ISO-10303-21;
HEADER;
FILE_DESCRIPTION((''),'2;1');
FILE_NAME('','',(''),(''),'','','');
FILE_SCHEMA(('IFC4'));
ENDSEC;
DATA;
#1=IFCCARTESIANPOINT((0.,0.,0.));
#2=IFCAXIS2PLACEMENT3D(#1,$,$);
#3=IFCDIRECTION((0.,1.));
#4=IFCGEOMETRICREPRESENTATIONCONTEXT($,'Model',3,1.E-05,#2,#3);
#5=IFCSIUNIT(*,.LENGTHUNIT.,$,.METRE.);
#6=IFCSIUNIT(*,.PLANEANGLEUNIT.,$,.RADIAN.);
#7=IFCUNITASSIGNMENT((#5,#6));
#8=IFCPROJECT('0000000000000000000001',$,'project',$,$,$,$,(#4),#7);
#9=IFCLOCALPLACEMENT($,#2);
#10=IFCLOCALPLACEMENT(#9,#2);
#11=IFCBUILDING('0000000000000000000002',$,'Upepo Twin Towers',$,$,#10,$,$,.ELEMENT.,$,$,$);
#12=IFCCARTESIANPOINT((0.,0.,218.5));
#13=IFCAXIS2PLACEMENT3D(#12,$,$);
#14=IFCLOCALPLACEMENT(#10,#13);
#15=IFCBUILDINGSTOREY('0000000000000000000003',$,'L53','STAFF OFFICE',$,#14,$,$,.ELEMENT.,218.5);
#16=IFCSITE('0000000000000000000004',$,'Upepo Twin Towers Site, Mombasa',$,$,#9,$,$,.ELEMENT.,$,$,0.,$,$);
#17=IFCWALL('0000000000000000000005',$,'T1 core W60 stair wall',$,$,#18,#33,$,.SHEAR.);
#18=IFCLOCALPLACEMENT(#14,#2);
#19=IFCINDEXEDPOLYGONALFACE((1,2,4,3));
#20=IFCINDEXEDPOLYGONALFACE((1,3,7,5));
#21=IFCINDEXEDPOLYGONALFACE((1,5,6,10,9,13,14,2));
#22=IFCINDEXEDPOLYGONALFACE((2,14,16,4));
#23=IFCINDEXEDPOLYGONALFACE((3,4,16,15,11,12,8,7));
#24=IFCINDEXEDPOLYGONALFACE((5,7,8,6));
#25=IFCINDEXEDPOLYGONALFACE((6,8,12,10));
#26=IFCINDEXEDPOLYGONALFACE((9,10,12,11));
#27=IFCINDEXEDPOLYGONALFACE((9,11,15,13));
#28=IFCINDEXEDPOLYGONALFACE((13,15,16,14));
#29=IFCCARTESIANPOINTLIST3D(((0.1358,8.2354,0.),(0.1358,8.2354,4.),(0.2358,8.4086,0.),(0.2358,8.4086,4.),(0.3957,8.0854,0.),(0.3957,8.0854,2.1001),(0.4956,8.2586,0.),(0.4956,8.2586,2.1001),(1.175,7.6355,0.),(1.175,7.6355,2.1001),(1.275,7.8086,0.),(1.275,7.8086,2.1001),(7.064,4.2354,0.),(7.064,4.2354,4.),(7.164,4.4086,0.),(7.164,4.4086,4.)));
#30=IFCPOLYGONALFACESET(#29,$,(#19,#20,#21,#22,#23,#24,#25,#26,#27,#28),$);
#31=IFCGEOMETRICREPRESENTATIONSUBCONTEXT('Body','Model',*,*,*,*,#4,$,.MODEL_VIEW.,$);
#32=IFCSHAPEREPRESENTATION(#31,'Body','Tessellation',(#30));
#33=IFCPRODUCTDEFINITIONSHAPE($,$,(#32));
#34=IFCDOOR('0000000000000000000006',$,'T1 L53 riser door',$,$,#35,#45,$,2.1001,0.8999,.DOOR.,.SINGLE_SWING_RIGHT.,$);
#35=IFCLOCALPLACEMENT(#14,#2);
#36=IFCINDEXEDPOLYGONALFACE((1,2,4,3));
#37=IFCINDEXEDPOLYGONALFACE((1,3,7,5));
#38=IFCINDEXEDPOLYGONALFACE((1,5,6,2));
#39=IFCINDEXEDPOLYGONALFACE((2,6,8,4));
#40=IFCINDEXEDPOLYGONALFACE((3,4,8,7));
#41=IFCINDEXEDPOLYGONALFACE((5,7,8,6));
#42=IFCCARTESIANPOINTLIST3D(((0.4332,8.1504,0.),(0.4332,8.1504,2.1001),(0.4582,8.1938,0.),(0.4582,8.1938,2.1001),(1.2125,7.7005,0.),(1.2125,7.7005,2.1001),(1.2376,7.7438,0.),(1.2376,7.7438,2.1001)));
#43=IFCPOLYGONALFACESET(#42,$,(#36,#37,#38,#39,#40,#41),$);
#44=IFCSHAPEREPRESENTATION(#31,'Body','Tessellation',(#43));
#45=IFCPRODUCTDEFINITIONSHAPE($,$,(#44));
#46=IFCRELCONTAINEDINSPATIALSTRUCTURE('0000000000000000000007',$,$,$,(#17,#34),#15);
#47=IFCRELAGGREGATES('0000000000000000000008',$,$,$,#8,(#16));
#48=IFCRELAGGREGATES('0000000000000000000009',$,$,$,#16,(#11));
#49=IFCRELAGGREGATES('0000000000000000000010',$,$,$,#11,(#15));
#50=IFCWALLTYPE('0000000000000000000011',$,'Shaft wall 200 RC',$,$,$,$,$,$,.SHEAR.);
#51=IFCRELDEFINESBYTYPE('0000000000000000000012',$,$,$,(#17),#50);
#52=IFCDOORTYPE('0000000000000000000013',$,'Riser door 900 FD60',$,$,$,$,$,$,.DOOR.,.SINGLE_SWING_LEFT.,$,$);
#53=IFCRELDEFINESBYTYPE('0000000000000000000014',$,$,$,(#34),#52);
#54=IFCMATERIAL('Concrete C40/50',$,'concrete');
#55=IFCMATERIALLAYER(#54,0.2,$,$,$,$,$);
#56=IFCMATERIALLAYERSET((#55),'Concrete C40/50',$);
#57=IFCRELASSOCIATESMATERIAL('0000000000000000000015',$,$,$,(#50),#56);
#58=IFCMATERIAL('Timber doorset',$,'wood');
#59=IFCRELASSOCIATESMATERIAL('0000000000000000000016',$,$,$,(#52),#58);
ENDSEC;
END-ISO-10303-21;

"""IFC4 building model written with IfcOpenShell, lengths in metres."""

from ifc_helpers import new_model, si_unit, direction, frame, frame_2d, origin, place, context, subcontext, project, spatial, rectangle, extrude, material, layer, layer_set, type_object, element, fill, save


model = new_model("IFC4")

# Units and contexts
model_context = context("Model", 3, precision=1e-05, world=origin(), true_north=direction((0.0, 1.0)))
body_context = subcontext(model_context, "Body", "Model", "MODEL_VIEW")
ifc_project = project(units=[si_unit("LENGTHUNIT", "METRE"), si_unit("PLANEANGLEUNIT", "RADIAN")], contexts=[model_context])

# Site, building, storey
site_placement = place(None, origin())
site = spatial("IfcSite", under=ifc_project, at=site_placement, Name="Upepo Twin Towers Site, Mombasa", CompositionType="ELEMENT", RefElevation=0.0)
building_placement = place(site_placement, origin())
building = spatial("IfcBuilding", under=site, at=building_placement, Name="Upepo Twin Towers", CompositionType="ELEMENT")
storey_placement = place(building_placement, frame((0.0, 0.0, 218.5)))
storey = spatial("IfcBuildingStorey", under=building, at=storey_placement, Name="L53", Description="STAFF OFFICE", CompositionType="ELEMENT", Elevation=218.5)

# Wall, opening, door
ifc_material_1 = material(Name="Concrete C40/50", Category="concrete")
ifc_layer_1 = layer(ifc_material_1, 0.2)
ifc_layer_set_1 = layer_set([ifc_layer_1], Name="Concrete C40/50")
wall_type_1 = type_object("IfcWallType", Name="Shaft wall 200 RC", PredefinedType="SHEAR", material=ifc_layer_set_1)
wall_1_placement = place(storey_placement, frame((7.114, 4.322, 0.0), z_axis=(0.0, 0.0, 1.0), x_axis=(-0.866026, 0.499999, 0.0)))
wall_1 = element("IfcWall", 1, at=wall_1_placement, inside=storey, type_object=wall_type_1, Name="T1 core W60 stair wall", PredefinedType="SHEAR", context=body_context, shape_type="SweptSolid", body=[
    extrude(rectangle(XDim=8.0, YDim=0.2, at=frame_2d((4.0, 0.0))), origin(), (0.0, 0.0, 1.0), 4.0),
])
opening_1_placement = place(wall_1_placement, frame((6.8, 0.0, 0.0)))
opening_1 = element("IfcOpeningElement", 2, at=opening_1_placement, cuts=wall_1, PredefinedType="OPENING", context=body_context, shape_type="SweptSolid", body=[
    extrude(rectangle(XDim=0.8999, YDim=2.1001, at=frame_2d((0.45, 1.05))), frame((0.0, 0.1099, 0.0), z_axis=(0.0, -1.0, 0.0), x_axis=(1.0, 0.0, 0.0)), (0.0, 0.0, 1.0), 0.22),
])
ifc_material_2 = material(Name="Timber doorset", Category="wood")
door_type_1 = type_object("IfcDoorType", Name="Riser door 900 FD60", OperationType="SINGLE_SWING_LEFT", PredefinedType="DOOR", material=ifc_material_2)
door_1_placement = place(opening_1_placement, origin())
door_1 = element("IfcDoor", 3, at=door_1_placement, inside=storey, type_object=door_type_1, Name="T1 L53 riser door", OperationType="SINGLE_SWING_RIGHT", OverallHeight=2.1001, OverallWidth=0.8999, PredefinedType="DOOR", context=body_context, shape_type="SweptSolid", body=[
    extrude(rectangle(XDim=0.8999, YDim=2.1001, at=frame_2d((0.45, 1.05))), frame((0.0, 0.0249, 0.0), z_axis=(0.0, -1.0, 0.0), x_axis=(1.0, 0.0, 0.0)), (0.0, 0.0, 1.0), 0.05),
])
fill(opening_1, door_1)

save(model, "model.ifc")
